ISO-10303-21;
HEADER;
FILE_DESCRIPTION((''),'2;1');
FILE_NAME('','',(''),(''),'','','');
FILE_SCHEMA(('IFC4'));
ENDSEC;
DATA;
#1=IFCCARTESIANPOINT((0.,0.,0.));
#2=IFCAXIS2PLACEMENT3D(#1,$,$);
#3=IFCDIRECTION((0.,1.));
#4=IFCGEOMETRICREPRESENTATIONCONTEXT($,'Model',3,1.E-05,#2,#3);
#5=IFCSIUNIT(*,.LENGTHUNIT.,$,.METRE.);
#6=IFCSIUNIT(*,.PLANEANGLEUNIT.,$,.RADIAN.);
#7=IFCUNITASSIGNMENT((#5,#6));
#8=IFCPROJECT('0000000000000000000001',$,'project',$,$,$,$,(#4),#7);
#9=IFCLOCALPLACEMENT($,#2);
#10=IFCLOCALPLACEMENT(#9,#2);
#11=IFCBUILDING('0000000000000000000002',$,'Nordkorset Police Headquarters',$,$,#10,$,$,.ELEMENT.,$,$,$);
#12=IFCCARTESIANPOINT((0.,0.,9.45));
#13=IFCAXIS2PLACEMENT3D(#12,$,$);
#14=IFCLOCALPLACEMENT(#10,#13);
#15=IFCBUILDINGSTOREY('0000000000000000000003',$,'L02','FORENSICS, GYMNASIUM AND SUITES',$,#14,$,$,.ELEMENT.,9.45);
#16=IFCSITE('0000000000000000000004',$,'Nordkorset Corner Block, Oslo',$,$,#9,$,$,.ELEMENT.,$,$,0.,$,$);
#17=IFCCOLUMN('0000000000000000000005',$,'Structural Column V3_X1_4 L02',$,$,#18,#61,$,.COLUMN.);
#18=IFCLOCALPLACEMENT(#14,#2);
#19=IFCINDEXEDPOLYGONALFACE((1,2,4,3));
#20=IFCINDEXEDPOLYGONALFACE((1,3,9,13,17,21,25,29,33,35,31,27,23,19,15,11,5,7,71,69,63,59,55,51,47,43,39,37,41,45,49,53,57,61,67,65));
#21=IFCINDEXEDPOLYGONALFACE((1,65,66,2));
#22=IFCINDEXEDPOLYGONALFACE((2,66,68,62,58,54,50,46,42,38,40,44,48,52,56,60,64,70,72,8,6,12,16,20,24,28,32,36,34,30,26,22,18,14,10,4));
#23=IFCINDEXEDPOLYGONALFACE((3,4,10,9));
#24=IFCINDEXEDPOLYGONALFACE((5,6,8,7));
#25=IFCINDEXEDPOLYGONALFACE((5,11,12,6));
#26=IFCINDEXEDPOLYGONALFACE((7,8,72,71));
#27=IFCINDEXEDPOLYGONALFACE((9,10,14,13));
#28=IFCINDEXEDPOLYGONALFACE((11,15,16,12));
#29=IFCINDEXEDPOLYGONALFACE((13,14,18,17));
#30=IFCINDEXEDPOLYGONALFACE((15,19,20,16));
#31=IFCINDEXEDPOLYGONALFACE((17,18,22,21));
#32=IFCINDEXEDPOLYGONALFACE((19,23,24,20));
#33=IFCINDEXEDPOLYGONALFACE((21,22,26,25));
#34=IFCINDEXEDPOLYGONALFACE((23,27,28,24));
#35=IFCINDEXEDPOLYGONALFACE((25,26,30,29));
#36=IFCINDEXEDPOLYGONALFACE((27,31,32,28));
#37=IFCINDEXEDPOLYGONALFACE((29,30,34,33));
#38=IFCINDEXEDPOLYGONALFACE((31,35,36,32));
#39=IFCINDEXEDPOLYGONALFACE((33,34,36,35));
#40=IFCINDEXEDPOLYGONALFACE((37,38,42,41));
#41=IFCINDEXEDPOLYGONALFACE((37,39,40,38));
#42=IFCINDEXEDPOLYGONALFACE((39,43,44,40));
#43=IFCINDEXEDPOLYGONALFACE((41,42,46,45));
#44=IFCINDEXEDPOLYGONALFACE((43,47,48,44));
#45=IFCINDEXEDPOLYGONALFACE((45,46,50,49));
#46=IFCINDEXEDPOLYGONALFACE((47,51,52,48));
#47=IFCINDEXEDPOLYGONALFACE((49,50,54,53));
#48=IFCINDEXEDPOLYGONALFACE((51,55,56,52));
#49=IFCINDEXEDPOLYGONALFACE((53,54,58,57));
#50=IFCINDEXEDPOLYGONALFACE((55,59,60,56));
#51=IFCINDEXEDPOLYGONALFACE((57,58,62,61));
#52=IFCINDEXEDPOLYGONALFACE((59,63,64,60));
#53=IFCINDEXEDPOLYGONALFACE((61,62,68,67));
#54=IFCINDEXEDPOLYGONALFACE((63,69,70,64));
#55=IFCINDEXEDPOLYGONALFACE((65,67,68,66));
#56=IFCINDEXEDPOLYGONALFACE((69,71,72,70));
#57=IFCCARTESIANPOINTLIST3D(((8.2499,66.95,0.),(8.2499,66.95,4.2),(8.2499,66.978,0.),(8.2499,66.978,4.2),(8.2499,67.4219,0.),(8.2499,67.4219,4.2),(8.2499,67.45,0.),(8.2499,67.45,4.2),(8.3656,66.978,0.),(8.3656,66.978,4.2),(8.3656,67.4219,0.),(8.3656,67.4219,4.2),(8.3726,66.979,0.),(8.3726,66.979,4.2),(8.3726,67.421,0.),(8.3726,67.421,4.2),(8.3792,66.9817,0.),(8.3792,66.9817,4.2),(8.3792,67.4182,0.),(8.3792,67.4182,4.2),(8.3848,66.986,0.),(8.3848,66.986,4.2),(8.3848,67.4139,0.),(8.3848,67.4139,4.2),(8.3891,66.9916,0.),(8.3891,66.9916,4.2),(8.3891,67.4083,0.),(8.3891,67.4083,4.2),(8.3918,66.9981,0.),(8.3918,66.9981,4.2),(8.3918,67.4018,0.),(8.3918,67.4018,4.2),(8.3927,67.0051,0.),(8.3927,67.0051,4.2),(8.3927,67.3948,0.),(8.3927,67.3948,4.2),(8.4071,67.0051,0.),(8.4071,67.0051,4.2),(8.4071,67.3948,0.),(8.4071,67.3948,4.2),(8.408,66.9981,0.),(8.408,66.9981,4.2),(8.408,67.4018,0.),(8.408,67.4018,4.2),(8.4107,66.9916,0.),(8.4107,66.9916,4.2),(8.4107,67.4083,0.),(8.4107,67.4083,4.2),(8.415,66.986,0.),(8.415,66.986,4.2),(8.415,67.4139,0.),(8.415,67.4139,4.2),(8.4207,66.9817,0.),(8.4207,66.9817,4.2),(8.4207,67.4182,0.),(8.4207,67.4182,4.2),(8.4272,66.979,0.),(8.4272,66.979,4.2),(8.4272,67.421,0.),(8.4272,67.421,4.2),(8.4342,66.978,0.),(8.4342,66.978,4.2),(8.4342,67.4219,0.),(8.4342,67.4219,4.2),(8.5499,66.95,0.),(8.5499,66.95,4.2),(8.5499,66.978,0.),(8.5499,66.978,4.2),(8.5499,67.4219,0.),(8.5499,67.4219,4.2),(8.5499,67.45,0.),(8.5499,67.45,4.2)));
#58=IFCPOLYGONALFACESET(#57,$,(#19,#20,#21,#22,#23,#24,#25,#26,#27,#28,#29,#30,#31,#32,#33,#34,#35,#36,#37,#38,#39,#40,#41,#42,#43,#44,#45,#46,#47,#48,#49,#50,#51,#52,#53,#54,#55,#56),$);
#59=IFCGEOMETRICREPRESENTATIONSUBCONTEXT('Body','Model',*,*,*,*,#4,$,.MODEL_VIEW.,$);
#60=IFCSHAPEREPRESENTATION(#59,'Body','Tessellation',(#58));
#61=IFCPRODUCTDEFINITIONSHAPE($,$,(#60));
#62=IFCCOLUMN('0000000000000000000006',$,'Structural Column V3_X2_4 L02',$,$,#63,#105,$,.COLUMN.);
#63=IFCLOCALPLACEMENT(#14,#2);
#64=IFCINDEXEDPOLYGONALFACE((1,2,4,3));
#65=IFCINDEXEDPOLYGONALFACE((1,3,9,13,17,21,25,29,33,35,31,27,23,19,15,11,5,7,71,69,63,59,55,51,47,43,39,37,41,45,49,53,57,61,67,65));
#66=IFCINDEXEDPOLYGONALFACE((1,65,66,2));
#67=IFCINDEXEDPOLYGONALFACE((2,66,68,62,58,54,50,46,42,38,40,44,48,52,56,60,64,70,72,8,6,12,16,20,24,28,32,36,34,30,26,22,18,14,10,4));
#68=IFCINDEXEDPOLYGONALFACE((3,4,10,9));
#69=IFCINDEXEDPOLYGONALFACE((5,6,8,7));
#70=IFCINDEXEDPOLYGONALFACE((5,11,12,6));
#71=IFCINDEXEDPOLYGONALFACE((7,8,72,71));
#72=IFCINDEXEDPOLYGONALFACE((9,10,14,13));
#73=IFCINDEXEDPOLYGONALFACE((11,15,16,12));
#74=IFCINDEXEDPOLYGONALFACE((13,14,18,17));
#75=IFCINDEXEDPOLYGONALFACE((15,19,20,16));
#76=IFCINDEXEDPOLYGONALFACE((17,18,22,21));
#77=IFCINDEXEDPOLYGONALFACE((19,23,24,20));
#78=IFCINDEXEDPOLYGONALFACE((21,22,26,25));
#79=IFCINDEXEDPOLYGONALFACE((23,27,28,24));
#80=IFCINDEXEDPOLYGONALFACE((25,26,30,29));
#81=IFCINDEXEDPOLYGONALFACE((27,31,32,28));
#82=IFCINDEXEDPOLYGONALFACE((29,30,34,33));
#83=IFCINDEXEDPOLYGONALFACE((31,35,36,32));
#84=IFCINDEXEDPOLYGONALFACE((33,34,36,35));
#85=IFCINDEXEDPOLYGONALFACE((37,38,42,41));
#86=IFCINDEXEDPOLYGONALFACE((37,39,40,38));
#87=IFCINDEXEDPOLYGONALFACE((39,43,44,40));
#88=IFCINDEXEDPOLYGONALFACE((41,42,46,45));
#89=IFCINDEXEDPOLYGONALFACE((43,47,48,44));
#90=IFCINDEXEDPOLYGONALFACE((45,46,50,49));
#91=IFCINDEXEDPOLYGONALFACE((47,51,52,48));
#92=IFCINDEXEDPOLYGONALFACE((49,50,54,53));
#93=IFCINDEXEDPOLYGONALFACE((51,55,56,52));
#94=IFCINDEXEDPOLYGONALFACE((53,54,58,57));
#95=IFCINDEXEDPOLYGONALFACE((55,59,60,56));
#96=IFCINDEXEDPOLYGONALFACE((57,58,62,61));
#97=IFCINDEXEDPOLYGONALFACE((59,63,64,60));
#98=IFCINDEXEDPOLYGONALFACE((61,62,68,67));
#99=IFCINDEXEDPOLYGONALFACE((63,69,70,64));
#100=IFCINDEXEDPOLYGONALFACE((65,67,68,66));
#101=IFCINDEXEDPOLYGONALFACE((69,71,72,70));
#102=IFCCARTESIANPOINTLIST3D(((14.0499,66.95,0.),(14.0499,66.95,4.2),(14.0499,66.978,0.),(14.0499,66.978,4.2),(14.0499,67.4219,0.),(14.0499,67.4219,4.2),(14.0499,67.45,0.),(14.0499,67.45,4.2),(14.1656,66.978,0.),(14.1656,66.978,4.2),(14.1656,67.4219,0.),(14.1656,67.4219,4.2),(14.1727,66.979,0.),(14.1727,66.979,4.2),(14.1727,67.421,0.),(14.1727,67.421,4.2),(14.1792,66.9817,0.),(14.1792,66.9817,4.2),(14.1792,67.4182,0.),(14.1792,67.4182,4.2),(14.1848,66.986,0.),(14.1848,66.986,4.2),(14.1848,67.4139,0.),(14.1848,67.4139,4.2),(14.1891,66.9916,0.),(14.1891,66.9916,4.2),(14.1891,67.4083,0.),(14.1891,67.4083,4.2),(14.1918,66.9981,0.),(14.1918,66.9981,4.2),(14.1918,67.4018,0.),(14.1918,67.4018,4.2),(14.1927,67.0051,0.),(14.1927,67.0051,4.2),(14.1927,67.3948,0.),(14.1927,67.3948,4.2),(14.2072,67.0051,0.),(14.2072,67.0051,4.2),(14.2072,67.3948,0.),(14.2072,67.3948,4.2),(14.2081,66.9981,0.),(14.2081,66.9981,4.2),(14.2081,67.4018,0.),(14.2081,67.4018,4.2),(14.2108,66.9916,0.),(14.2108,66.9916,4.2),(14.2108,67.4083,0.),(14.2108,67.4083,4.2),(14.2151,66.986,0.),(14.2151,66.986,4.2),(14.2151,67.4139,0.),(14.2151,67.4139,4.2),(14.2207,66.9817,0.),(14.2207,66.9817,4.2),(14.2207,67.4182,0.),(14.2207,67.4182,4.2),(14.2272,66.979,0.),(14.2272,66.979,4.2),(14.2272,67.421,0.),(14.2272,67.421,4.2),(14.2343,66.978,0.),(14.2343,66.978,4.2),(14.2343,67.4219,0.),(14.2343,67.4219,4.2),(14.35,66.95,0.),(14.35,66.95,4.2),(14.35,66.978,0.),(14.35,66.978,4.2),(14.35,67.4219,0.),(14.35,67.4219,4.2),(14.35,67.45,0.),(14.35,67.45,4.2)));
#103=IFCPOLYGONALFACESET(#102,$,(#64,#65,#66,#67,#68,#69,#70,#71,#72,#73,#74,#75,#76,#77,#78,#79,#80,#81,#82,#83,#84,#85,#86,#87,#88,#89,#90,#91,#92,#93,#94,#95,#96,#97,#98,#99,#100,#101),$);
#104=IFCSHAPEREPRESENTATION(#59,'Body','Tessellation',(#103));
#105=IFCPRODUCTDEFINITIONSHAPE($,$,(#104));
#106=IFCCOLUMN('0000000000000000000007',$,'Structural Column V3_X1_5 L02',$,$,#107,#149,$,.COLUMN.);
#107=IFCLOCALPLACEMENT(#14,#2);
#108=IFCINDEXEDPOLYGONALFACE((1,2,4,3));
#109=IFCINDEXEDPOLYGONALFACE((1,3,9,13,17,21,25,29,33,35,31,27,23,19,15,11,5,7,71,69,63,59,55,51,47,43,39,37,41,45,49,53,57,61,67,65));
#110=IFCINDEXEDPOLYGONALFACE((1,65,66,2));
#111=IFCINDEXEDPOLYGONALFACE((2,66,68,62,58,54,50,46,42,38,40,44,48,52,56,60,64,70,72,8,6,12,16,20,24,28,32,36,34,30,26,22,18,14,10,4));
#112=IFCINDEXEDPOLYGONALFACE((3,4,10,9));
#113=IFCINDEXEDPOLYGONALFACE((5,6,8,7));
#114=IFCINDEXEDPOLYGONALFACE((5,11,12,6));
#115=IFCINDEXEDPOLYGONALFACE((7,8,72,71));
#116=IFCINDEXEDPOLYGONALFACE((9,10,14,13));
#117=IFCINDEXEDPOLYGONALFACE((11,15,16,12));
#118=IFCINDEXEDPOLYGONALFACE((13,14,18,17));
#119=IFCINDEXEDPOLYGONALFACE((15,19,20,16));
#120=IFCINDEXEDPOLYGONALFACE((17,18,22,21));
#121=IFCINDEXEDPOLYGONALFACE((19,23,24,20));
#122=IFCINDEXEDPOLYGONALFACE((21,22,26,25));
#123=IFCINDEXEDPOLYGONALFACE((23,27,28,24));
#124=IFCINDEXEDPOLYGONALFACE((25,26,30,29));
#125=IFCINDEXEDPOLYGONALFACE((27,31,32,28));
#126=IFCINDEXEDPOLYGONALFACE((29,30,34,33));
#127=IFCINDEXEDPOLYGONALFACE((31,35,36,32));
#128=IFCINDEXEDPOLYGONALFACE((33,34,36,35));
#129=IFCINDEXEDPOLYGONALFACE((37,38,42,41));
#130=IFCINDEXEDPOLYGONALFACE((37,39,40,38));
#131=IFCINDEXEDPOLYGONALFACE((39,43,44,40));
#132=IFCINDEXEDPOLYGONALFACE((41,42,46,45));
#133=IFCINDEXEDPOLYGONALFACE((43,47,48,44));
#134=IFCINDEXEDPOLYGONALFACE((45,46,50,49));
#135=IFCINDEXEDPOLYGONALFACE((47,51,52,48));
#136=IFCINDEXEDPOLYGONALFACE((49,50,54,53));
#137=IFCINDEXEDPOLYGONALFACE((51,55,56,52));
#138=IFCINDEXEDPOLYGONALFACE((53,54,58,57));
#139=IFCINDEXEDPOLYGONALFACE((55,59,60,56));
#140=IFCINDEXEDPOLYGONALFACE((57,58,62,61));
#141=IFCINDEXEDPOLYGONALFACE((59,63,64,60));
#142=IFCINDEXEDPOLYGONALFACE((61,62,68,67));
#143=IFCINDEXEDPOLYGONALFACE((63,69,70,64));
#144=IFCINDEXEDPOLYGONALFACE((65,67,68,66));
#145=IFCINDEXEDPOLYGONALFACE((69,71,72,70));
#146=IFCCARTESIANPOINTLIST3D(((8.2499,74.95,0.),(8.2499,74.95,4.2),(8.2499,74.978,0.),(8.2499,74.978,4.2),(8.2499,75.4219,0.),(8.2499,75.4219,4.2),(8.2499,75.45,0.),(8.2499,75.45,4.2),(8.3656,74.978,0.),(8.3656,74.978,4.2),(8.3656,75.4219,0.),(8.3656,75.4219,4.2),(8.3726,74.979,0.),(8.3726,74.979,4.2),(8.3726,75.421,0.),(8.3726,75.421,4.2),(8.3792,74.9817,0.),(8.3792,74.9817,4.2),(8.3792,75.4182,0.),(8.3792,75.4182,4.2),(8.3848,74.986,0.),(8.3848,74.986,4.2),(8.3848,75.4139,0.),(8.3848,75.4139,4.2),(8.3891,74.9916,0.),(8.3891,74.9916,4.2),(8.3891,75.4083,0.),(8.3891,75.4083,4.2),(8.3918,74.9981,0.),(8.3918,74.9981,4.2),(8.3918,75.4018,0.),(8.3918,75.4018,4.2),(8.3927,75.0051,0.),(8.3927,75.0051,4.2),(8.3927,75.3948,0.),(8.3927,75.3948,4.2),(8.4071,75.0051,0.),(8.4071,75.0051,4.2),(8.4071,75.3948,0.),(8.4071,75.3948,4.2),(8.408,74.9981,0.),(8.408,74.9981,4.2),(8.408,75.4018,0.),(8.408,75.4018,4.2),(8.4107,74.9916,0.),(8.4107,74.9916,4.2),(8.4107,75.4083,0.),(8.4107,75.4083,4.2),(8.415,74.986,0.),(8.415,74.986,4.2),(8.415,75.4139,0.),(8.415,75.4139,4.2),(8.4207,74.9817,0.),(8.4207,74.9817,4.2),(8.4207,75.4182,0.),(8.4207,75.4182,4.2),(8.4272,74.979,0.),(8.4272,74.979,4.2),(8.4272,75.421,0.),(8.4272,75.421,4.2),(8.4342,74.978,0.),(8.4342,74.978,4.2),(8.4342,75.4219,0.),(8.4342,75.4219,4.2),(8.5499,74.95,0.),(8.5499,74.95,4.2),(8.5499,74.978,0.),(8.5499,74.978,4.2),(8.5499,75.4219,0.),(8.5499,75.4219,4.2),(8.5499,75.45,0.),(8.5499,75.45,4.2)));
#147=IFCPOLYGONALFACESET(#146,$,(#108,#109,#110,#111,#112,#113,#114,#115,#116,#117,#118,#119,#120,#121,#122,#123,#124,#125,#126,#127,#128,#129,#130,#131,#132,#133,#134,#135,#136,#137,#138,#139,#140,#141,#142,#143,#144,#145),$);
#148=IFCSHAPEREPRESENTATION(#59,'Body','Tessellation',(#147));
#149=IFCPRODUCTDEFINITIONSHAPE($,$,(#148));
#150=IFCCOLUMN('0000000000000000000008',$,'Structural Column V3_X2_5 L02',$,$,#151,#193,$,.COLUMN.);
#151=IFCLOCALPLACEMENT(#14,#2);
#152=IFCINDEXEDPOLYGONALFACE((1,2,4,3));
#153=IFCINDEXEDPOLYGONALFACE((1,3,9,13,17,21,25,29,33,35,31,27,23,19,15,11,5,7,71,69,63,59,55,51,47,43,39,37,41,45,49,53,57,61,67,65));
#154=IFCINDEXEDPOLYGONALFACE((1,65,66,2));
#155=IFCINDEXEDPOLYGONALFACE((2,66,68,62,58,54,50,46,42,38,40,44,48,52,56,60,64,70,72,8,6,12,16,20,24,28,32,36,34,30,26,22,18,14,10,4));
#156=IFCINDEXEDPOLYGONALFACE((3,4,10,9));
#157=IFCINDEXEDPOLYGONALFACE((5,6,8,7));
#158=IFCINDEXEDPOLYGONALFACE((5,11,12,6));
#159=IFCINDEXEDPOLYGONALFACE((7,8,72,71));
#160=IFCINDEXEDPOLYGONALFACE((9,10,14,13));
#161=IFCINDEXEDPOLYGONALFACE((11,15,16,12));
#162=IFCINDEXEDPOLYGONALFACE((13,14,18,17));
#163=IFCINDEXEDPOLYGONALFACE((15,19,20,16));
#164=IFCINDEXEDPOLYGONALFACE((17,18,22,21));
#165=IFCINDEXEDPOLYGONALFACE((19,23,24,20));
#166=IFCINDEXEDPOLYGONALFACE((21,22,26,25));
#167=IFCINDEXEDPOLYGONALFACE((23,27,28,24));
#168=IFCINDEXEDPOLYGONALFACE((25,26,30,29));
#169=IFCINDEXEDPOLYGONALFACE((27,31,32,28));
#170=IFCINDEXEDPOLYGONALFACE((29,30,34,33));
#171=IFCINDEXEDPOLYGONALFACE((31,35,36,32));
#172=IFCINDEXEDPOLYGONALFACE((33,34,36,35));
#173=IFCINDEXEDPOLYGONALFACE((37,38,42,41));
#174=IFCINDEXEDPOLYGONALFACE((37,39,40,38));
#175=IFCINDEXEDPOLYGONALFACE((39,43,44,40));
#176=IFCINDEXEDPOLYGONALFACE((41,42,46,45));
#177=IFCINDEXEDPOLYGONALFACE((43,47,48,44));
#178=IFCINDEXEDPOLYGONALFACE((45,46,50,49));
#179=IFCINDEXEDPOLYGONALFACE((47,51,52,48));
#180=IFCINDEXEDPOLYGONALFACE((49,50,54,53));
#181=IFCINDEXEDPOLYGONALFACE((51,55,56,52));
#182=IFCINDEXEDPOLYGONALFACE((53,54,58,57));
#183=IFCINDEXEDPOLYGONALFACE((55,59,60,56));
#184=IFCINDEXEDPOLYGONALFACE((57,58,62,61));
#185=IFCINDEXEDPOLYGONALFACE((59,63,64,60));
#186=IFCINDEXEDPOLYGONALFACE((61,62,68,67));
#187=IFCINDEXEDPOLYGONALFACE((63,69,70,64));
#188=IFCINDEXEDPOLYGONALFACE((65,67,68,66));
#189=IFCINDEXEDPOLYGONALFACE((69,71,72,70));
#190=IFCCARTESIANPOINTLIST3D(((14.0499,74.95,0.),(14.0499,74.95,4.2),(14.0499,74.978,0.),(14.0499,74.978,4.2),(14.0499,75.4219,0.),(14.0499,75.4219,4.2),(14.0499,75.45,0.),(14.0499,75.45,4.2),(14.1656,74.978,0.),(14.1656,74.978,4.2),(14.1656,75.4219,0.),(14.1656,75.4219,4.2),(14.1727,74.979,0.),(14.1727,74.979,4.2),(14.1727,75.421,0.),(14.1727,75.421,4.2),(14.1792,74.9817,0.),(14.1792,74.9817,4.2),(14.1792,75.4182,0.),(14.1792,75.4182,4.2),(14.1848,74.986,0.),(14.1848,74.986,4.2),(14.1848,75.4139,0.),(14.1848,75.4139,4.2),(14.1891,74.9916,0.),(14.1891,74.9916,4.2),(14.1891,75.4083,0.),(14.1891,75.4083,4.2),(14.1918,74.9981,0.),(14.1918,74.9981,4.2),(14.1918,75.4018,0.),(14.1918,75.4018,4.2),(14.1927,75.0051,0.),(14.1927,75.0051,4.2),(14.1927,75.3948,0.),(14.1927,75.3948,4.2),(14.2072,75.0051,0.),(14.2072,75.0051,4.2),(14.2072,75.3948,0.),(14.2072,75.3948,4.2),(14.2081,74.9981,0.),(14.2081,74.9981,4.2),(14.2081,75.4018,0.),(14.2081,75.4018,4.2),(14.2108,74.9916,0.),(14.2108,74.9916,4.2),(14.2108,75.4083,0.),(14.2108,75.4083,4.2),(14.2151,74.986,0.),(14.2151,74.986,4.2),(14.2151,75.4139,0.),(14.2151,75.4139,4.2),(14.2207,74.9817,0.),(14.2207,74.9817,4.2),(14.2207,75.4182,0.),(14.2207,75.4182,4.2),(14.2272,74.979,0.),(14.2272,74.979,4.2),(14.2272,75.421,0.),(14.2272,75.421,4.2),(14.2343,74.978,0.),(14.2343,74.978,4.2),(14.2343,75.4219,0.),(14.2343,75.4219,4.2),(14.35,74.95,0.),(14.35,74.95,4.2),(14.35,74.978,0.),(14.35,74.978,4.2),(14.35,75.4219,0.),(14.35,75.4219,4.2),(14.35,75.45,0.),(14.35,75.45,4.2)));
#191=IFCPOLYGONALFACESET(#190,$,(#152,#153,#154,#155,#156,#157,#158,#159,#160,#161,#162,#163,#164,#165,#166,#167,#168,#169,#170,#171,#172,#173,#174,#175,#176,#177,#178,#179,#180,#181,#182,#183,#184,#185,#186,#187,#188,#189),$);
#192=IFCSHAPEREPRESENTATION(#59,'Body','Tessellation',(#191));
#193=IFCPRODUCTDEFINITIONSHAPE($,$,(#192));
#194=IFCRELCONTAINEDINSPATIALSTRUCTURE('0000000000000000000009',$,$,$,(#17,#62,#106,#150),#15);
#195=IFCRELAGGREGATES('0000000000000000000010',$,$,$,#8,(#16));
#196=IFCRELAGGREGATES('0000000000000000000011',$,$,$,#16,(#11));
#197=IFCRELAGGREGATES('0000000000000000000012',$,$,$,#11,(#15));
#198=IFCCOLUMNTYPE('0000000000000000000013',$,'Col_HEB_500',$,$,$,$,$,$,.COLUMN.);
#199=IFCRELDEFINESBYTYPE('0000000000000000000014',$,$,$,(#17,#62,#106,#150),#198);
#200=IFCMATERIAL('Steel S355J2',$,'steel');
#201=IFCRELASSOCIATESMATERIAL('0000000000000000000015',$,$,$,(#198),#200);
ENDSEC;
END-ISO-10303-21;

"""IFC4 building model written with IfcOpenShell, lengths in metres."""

from ifc_helpers import new_model, si_unit, direction, frame, origin, origin_2d, place, context, subcontext, project, spatial, i_section, extrude, material, material_profile, profile_set, type_object, element, save


model = new_model("IFC4")

# Units and contexts
model_context = context("Model", 3, precision=1e-05, world=origin(), true_north=direction((0.0, 1.0)))
body_context = subcontext(model_context, "Body", "Model", "MODEL_VIEW")
ifc_project = project(units=[si_unit("LENGTHUNIT", "METRE"), si_unit("PLANEANGLEUNIT", "RADIAN")], contexts=[model_context])

# Site, building, storey
site_placement = place(None, origin())
site = spatial("IfcSite", under=ifc_project, at=site_placement, Name="Nordkorset Corner Block, Oslo", CompositionType="ELEMENT", RefElevation=0.0)
building_placement = place(site_placement, origin())
building = spatial("IfcBuilding", under=site, at=building_placement, Name="Nordkorset Police Headquarters", CompositionType="ELEMENT")
storey_placement = place(building_placement, frame((0.0, 0.0, 9.45)))
storey = spatial("IfcBuildingStorey", under=building, at=storey_placement, Name="L02", Description="FORENSICS, GYMNASIUM AND SUITES", CompositionType="ELEMENT", Elevation=9.45)

# Columns
ifc_material_1 = material(Name="Steel S355J2", Category="steel")
ifc_material_profile_1 = material_profile(ifc_material_1, i_section(OverallWidth=0.3, OverallDepth=0.5, WebThickness=0.0144, FlangeThickness=0.0281, FilletRadius=0.0271, at=origin_2d()), Name="HEB 500")
ifc_profile_set_1 = profile_set([ifc_material_profile_1], Name="Steel S355J2")
column_type = type_object("IfcColumnType", Name="Col_HEB_500", PredefinedType="COLUMN", material=ifc_profile_set_1)
for number, where, z_axis, x_axis, name in (
    (1, (8.3999, 67.2, 0.0), (0.0, 0.0, 1.0), (1.0, 0.0, 0.0), "Structural Column V3_X1_4 L02"),
    (2, (14.2, 67.2, 0.0), (0.0, 0.0, 1.0), (1.0, 0.0, 0.0), "Structural Column V3_X2_4 L02"),
    (3, (8.3999, 75.2, 0.0), (0.0, 0.0, 1.0), (1.0, 0.0, 0.0), "Structural Column V3_X1_5 L02"),
    (4, (14.2, 75.2, 0.0), (0.0, 0.0, 1.0), (1.0, 0.0, 0.0), "Structural Column V3_X2_5 L02"),
):
    element("IfcColumn", number, at=place(storey_placement, frame(where, z_axis=z_axis, x_axis=x_axis)), inside=storey, type_object=column_type, Name=name, PredefinedType="COLUMN", context=body_context, shape_type="SweptSolid", body=[
        extrude(i_section(OverallWidth=0.3, OverallDepth=0.5, WebThickness=0.0144, FlangeThickness=0.0281, FilletRadius=0.0271, at=origin_2d()), origin(), (0.0, 0.0, 1.0), 4.2),
    ])

save(model, "model.ifc")
